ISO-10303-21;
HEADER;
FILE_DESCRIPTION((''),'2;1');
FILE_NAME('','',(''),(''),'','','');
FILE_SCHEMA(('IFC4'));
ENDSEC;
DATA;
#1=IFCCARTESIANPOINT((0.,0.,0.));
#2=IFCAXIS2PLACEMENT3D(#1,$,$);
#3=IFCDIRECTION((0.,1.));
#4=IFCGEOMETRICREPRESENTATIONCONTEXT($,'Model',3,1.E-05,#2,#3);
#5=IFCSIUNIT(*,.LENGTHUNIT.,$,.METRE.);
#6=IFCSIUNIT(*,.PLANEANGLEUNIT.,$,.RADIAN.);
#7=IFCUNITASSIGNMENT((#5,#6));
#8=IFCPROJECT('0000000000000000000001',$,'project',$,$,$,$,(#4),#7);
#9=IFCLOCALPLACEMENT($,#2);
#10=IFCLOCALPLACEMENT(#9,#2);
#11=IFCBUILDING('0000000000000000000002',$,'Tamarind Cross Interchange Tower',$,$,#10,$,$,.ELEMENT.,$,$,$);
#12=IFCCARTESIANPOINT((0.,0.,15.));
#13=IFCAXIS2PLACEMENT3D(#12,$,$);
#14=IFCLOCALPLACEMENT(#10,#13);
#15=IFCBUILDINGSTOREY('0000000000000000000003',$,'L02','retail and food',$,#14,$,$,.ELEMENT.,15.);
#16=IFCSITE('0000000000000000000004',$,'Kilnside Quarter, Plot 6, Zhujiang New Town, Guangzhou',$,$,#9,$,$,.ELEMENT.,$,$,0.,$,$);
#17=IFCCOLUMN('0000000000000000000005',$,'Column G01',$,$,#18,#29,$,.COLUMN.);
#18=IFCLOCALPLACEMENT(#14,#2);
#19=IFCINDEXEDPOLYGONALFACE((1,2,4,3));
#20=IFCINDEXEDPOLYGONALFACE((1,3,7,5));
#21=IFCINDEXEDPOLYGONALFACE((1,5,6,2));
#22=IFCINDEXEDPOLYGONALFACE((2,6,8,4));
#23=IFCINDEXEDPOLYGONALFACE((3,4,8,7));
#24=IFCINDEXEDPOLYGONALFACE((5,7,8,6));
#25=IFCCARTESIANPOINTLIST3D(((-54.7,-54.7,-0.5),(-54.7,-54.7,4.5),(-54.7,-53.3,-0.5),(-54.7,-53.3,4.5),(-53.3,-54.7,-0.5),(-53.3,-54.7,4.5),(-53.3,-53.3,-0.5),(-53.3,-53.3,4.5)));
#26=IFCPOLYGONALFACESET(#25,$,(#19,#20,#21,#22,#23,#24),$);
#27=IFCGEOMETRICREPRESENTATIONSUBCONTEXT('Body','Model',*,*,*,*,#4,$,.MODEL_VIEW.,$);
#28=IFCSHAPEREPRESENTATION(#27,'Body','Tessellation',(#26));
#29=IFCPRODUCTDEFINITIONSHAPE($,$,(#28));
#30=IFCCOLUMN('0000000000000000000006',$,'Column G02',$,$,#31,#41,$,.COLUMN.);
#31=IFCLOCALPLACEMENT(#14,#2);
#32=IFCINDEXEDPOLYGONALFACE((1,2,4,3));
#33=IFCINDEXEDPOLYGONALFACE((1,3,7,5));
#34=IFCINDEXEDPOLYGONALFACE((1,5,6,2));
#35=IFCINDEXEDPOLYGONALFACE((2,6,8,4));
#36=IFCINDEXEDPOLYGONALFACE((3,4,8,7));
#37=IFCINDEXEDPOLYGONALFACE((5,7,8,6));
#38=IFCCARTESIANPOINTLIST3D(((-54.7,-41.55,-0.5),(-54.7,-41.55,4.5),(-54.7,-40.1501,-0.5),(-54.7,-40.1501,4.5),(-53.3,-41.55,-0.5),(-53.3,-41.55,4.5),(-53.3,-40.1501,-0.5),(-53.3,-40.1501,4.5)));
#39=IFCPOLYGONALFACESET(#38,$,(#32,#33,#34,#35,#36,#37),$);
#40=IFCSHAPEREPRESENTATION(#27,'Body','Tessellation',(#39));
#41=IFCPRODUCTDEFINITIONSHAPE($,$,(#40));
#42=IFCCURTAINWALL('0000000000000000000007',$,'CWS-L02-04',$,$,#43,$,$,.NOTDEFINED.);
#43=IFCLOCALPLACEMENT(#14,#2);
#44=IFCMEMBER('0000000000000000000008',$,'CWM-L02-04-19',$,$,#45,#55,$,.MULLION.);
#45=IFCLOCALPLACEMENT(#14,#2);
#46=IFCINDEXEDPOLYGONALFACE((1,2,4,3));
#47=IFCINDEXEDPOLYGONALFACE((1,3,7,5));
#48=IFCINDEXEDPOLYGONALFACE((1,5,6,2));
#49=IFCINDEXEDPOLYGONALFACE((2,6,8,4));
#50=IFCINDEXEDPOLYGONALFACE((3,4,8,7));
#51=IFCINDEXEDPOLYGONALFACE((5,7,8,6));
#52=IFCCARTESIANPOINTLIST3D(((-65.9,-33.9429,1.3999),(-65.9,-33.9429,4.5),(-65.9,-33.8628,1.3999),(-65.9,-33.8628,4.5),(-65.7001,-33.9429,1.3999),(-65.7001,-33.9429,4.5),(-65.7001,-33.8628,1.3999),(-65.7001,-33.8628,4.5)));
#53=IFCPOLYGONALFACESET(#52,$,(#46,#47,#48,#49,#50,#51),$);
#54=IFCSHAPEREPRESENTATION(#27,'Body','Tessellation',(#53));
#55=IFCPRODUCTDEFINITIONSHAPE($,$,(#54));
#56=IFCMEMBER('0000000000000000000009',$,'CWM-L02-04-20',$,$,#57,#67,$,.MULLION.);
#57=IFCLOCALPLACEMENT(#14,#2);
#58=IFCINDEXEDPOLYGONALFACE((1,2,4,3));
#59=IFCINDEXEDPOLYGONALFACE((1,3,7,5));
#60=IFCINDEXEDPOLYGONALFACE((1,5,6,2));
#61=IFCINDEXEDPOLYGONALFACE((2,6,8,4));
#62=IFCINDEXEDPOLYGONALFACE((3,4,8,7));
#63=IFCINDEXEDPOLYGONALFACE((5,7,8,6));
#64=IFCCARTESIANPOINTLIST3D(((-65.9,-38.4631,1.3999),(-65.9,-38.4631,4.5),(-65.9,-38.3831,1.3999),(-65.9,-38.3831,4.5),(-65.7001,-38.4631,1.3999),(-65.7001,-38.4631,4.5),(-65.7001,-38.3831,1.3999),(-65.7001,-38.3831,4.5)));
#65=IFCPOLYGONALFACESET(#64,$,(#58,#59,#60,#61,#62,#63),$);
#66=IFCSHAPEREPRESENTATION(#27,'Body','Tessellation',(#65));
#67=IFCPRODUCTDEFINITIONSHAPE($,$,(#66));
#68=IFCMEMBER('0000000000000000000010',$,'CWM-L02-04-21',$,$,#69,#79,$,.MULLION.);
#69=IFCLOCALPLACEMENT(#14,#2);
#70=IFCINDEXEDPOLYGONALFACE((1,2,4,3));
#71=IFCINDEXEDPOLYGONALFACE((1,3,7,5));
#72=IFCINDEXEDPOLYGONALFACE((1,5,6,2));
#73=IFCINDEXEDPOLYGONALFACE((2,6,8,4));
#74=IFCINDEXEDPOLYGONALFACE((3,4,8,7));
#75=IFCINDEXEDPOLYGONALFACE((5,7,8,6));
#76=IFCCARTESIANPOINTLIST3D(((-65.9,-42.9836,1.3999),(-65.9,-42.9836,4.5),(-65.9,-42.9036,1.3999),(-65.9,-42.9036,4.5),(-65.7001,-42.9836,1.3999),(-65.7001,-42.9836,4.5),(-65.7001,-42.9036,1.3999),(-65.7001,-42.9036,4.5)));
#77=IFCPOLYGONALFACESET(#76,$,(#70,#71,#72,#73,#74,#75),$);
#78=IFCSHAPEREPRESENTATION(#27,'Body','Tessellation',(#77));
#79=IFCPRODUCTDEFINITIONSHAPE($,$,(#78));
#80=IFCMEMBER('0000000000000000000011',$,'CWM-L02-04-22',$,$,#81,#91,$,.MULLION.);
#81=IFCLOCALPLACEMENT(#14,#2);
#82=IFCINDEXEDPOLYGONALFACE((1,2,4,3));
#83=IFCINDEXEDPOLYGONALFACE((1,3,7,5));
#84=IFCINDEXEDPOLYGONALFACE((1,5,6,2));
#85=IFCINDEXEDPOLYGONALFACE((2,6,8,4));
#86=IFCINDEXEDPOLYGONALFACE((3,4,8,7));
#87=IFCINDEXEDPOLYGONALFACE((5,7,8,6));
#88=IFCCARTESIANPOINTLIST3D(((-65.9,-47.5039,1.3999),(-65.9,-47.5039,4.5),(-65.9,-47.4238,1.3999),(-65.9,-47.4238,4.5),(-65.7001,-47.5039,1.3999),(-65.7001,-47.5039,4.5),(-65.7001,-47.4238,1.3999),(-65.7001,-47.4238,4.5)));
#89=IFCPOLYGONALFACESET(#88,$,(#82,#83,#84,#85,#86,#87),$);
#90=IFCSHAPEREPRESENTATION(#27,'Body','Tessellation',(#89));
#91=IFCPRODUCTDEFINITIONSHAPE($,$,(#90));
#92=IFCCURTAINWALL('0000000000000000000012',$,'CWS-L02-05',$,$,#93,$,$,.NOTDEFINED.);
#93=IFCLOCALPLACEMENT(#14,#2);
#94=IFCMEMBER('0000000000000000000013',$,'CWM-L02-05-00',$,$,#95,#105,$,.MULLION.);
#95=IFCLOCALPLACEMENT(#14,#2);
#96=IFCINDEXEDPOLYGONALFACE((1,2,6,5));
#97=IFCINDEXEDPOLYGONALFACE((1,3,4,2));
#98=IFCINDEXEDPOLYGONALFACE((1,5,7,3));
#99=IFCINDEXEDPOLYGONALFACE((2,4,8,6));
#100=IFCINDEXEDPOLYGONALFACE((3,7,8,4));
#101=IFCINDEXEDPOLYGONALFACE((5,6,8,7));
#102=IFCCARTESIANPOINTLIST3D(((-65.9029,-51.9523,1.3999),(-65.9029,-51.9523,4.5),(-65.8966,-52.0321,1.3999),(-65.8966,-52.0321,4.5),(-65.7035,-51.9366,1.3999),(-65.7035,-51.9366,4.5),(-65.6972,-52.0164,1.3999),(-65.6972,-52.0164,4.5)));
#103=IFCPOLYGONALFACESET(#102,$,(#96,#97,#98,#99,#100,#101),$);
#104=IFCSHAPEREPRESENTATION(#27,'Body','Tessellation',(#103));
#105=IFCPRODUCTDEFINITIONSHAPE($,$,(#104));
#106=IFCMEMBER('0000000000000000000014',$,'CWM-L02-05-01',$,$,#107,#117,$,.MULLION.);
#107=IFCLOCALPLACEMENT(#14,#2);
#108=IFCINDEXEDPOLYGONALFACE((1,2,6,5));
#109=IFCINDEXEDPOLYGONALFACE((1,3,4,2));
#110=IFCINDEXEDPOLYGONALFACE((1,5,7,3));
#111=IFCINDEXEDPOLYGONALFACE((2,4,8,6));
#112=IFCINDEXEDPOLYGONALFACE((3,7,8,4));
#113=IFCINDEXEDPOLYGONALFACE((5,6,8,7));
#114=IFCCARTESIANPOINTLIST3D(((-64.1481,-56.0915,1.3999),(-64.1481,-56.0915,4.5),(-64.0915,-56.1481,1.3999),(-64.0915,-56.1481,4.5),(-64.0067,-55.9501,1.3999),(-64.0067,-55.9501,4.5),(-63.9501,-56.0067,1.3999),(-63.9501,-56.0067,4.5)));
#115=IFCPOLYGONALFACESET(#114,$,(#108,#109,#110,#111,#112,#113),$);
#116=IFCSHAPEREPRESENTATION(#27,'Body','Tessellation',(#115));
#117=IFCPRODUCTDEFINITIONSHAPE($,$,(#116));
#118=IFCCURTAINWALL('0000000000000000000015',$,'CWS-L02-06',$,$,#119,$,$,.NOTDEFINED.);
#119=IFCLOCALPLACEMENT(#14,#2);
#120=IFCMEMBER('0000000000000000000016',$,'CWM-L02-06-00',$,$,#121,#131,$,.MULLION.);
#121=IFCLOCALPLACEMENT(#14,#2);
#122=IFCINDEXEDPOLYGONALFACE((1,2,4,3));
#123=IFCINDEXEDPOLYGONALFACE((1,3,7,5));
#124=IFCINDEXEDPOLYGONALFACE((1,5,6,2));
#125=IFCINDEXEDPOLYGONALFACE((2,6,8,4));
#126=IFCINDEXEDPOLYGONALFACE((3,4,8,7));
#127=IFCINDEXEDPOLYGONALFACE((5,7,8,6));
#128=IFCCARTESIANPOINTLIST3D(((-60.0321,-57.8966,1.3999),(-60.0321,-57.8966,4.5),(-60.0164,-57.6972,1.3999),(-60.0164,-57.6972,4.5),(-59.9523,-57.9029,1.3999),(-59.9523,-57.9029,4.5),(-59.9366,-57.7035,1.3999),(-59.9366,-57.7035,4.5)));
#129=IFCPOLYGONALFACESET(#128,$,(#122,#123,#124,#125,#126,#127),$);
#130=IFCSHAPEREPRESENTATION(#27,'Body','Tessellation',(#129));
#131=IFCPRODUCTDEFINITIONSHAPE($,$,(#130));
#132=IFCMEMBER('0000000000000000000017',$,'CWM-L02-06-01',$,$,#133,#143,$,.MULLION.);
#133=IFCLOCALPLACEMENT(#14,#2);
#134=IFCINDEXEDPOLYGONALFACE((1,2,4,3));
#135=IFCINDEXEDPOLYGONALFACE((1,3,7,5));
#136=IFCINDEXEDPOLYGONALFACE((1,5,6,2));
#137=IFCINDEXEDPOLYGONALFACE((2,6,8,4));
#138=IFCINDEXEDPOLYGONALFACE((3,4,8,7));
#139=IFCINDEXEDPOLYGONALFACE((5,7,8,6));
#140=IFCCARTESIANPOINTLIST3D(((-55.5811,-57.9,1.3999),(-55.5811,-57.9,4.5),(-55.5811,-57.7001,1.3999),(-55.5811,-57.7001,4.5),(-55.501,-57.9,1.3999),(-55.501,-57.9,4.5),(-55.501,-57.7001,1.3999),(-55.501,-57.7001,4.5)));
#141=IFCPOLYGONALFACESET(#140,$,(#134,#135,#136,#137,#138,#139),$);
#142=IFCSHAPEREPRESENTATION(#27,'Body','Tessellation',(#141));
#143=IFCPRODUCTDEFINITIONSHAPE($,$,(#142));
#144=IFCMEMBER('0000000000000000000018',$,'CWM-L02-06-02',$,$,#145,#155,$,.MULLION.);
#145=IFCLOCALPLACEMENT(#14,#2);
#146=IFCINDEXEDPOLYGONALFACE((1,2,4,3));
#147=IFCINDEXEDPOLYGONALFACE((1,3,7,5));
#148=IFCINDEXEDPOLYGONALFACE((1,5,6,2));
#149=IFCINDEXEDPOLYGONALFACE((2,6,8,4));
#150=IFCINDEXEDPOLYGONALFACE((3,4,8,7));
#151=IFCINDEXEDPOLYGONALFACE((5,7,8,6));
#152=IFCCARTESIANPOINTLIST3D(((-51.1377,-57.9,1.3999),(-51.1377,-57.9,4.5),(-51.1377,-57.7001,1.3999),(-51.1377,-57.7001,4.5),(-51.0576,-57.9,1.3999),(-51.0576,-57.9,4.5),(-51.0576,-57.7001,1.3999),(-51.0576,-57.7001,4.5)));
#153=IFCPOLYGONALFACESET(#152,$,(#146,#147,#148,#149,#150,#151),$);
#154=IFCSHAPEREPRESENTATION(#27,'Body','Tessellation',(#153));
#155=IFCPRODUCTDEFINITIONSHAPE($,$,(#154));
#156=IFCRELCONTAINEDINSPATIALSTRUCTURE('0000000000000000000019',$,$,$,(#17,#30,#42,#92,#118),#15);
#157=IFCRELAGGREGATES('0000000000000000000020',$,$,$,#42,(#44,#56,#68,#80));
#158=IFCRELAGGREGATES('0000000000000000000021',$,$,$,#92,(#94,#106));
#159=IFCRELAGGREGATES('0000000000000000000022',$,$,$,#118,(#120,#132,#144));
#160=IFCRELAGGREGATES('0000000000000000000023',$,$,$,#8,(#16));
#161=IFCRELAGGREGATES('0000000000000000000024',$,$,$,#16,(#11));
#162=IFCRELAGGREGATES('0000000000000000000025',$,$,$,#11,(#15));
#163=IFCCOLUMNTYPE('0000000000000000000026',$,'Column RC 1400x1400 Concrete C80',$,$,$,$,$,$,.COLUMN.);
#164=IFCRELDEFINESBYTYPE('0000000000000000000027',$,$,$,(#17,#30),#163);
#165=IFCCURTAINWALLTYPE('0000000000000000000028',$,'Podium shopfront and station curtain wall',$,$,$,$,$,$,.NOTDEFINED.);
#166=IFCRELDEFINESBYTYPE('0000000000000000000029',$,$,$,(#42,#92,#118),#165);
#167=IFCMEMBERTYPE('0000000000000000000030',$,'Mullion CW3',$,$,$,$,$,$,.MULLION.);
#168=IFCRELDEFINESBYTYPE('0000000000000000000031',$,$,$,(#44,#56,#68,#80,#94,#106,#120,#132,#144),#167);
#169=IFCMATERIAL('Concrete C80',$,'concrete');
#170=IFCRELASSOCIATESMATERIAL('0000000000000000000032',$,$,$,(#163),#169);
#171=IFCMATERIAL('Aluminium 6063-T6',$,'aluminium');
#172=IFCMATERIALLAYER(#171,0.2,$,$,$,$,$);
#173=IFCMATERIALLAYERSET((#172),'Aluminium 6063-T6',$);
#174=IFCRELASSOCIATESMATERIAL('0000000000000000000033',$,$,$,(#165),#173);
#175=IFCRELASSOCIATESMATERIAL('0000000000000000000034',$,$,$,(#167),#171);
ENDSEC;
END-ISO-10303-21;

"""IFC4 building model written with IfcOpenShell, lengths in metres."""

from ifc_helpers import new_model, si_unit, direction, frame, origin, origin_2d, place, context, subcontext, project, spatial, rectangle, extrude, material, layer, layer_set, material_profile, profile_set, type_object, element, aggregate, save


model = new_model("IFC4")

# Units and contexts
model_context = context("Model", 3, precision=1e-05, world=origin(), true_north=direction((0.0, 1.0)))
body_context = subcontext(model_context, "Body", "Model", "MODEL_VIEW")
ifc_project = project(units=[si_unit("LENGTHUNIT", "METRE"), si_unit("PLANEANGLEUNIT", "RADIAN")], contexts=[model_context])

# Site, building, storey
site_placement = place(None, origin())
site = spatial("IfcSite", under=ifc_project, at=site_placement, Name="Kilnside Quarter, Plot 6, Zhujiang New Town, Guangzhou", CompositionType="ELEMENT", RefElevation=0.0)
building_placement = place(site_placement, origin())
building = spatial("IfcBuilding", under=site, at=building_placement, Name="Tamarind Cross Interchange Tower", CompositionType="ELEMENT")
storey_placement = place(building_placement, frame((0.0, 0.0, 15.0)))
storey = spatial("IfcBuildingStorey", under=building, at=storey_placement, Name="L02", Description="retail and food", CompositionType="ELEMENT", Elevation=15.0)

# Columns
ifc_material_1 = material(Name="Concrete C80", Category="concrete")
ifc_material_profile_1 = material_profile(ifc_material_1, rectangle(XDim=1.3999, YDim=1.3999, at=origin_2d()), Name="RC 1400x1400")
ifc_profile_set_1 = profile_set([ifc_material_profile_1], Name="Concrete C80")
column_type = type_object("IfcColumnType", Name="Column RC 1400x1400 Concrete C80", PredefinedType="COLUMN", material=ifc_profile_set_1)
for number, where, z_axis, x_axis, name in (
    (1, (-54.0, -54.0, -0.5), (0.0, 0.0, 1.0), (1.0, 0.0, 0.0), "Column G01"),
    (2, (-54.0, -40.8501, -0.5), (0.0, 0.0, 1.0), (1.0, 0.0, 0.0), "Column G02"),
):
    element("IfcColumn", number, at=place(storey_placement, frame(where, z_axis=z_axis, x_axis=x_axis)), inside=storey, type_object=column_type, Name=name, PredefinedType="COLUMN", context=body_context, shape_type="SweptSolid", body=[
        extrude(rectangle(XDim=1.3999, YDim=1.3999, at=origin_2d()), origin(), (0.0, 0.0, 1.0), 5.0),
    ])

# Curtain walls, members
ifc_material_2 = material(Name="Aluminium 6063-T6", Category="aluminium")
ifc_layer_1 = layer(ifc_material_2, 0.2)
ifc_layer_set_1 = layer_set([ifc_layer_1], Name="Aluminium 6063-T6")
curtain_wall_type = type_object("IfcCurtainWallType", Name="Podium shopfront and station curtain wall", PredefinedType="NOTDEFINED", material=ifc_layer_set_1)
curtain_wall_1_placement = place(storey_placement, origin())
curtain_wall_1 = element("IfcCurtainWall", 3, at=curtain_wall_1_placement, inside=storey, type_object=curtain_wall_type, Name="CWS-L02-04", PredefinedType="NOTDEFINED")
ifc_material_profile_2 = material_profile(ifc_material_2, rectangle(XDim=0.0801, YDim=0.2, at=origin_2d()), Name="Mullion CW3")
ifc_profile_set_2 = profile_set([ifc_material_profile_2], Name="Aluminium 6063-T6")
member_type = type_object("IfcMemberType", Name="Mullion CW3", PredefinedType="MULLION", material=ifc_profile_set_2)
member_1_placement = place(storey_placement, frame((-65.8, -33.9028, 1.3999), z_axis=(0.0, 0.0, 1.0), x_axis=(0.0, -1.0, 0.0)))
member_1 = element("IfcMember", 4, at=member_1_placement, type_object=member_type, Name="CWM-L02-04-19", PredefinedType="MULLION", context=body_context, shape_type="SweptSolid", body=[
    extrude(rectangle(XDim=0.0801, YDim=0.2, at=origin_2d()), origin(), (0.0, 0.0, 1.0), 3.1001),
])
member_2_placement = place(storey_placement, frame((-65.8, -38.4231, 1.3999), z_axis=(0.0, 0.0, 1.0), x_axis=(0.0, -1.0, 0.0)))
member_2 = element("IfcMember", 5, at=member_2_placement, type_object=member_type, Name="CWM-L02-04-20", PredefinedType="MULLION", context=body_context, shape_type="SweptSolid", body=[
    extrude(rectangle(XDim=0.0801, YDim=0.2, at=origin_2d()), origin(), (0.0, 0.0, 1.0), 3.1001),
])
member_3_placement = place(storey_placement, frame((-65.8, -42.9436, 1.3999), z_axis=(0.0, 0.0, 1.0), x_axis=(0.0, -1.0, 0.0)))
member_3 = element("IfcMember", 6, at=member_3_placement, type_object=member_type, Name="CWM-L02-04-21", PredefinedType="MULLION", context=body_context, shape_type="SweptSolid", body=[
    extrude(rectangle(XDim=0.0801, YDim=0.2, at=origin_2d()), origin(), (0.0, 0.0, 1.0), 3.1001),
])
member_4_placement = place(storey_placement, frame((-65.8, -47.4639, 1.3999), z_axis=(0.0, 0.0, 1.0), x_axis=(0.0, -1.0, 0.0)))
member_4 = element("IfcMember", 7, at=member_4_placement, type_object=member_type, Name="CWM-L02-04-22", PredefinedType="MULLION", context=body_context, shape_type="SweptSolid", body=[
    extrude(rectangle(XDim=0.0801, YDim=0.2, at=origin_2d()), origin(), (0.0, 0.0, 1.0), 3.1001),
])
aggregate(curtain_wall_1, [member_1, member_2, member_3, member_4])
curtain_wall_2_placement = place(storey_placement, origin())
curtain_wall_2 = element("IfcCurtainWall", 8, at=curtain_wall_2_placement, inside=storey, type_object=curtain_wall_type, Name="CWS-L02-05", PredefinedType="NOTDEFINED")
member_5_placement = place(storey_placement, frame((-65.8, -51.9844, 1.3999), z_axis=(0.0, 0.0, 1.0), x_axis=(0.078459, -0.996917, 0.0)))
member_5 = element("IfcMember", 9, at=member_5_placement, type_object=member_type, Name="CWM-L02-05-00", PredefinedType="MULLION", context=body_context, shape_type="SweptSolid", body=[
    extrude(rectangle(XDim=0.0801, YDim=0.2, at=origin_2d()), origin(), (0.0, 0.0, 1.0), 3.1001),
])
member_6_placement = place(storey_placement, frame((-64.0491, -56.0491, 1.3999), z_axis=(0.0, 0.0, 1.0), x_axis=(0.707107, -0.707107, 0.0)))
member_6 = element("IfcMember", 10, at=member_6_placement, type_object=member_type, Name="CWM-L02-05-01", PredefinedType="MULLION", context=body_context, shape_type="SweptSolid", body=[
    extrude(rectangle(XDim=0.0801, YDim=0.2, at=origin_2d()), origin(), (0.0, 0.0, 1.0), 3.1001),
])
aggregate(curtain_wall_2, [member_5, member_6])
curtain_wall_3_placement = place(storey_placement, origin())
curtain_wall_3 = element("IfcCurtainWall", 11, at=curtain_wall_3_placement, inside=storey, type_object=curtain_wall_type, Name="CWS-L02-06", PredefinedType="NOTDEFINED")
member_7_placement = place(storey_placement, frame((-59.9844, -57.8, 1.3999), z_axis=(0.0, 0.0, 1.0), x_axis=(0.996917, -0.078459, 0.0)))
member_7 = element("IfcMember", 12, at=member_7_placement, type_object=member_type, Name="CWM-L02-06-00", PredefinedType="MULLION", context=body_context, shape_type="SweptSolid", body=[
    extrude(rectangle(XDim=0.0801, YDim=0.2, at=origin_2d()), origin(), (0.0, 0.0, 1.0), 3.1001),
])
member_8_placement = place(storey_placement, frame((-55.541, -57.8, 1.3999), z_axis=(0.0, 0.0, 1.0), x_axis=(1.0, 0.0, 0.0)))
member_8 = element("IfcMember", 13, at=member_8_placement, type_object=member_type, Name="CWM-L02-06-01", PredefinedType="MULLION", context=body_context, shape_type="SweptSolid", body=[
    extrude(rectangle(XDim=0.0801, YDim=0.2, at=origin_2d()), origin(), (0.0, 0.0, 1.0), 3.1001),
])
member_9_placement = place(storey_placement, frame((-51.0977, -57.8, 1.3999), z_axis=(0.0, 0.0, 1.0), x_axis=(1.0, 0.0, 0.0)))
member_9 = element("IfcMember", 14, at=member_9_placement, type_object=member_type, Name="CWM-L02-06-02", PredefinedType="MULLION", context=body_context, shape_type="SweptSolid", body=[
    extrude(rectangle(XDim=0.0801, YDim=0.2, at=origin_2d()), origin(), (0.0, 0.0, 1.0), 3.1001),
])
aggregate(curtain_wall_3, [member_7, member_8, member_9])

save(model, "model.ifc")
